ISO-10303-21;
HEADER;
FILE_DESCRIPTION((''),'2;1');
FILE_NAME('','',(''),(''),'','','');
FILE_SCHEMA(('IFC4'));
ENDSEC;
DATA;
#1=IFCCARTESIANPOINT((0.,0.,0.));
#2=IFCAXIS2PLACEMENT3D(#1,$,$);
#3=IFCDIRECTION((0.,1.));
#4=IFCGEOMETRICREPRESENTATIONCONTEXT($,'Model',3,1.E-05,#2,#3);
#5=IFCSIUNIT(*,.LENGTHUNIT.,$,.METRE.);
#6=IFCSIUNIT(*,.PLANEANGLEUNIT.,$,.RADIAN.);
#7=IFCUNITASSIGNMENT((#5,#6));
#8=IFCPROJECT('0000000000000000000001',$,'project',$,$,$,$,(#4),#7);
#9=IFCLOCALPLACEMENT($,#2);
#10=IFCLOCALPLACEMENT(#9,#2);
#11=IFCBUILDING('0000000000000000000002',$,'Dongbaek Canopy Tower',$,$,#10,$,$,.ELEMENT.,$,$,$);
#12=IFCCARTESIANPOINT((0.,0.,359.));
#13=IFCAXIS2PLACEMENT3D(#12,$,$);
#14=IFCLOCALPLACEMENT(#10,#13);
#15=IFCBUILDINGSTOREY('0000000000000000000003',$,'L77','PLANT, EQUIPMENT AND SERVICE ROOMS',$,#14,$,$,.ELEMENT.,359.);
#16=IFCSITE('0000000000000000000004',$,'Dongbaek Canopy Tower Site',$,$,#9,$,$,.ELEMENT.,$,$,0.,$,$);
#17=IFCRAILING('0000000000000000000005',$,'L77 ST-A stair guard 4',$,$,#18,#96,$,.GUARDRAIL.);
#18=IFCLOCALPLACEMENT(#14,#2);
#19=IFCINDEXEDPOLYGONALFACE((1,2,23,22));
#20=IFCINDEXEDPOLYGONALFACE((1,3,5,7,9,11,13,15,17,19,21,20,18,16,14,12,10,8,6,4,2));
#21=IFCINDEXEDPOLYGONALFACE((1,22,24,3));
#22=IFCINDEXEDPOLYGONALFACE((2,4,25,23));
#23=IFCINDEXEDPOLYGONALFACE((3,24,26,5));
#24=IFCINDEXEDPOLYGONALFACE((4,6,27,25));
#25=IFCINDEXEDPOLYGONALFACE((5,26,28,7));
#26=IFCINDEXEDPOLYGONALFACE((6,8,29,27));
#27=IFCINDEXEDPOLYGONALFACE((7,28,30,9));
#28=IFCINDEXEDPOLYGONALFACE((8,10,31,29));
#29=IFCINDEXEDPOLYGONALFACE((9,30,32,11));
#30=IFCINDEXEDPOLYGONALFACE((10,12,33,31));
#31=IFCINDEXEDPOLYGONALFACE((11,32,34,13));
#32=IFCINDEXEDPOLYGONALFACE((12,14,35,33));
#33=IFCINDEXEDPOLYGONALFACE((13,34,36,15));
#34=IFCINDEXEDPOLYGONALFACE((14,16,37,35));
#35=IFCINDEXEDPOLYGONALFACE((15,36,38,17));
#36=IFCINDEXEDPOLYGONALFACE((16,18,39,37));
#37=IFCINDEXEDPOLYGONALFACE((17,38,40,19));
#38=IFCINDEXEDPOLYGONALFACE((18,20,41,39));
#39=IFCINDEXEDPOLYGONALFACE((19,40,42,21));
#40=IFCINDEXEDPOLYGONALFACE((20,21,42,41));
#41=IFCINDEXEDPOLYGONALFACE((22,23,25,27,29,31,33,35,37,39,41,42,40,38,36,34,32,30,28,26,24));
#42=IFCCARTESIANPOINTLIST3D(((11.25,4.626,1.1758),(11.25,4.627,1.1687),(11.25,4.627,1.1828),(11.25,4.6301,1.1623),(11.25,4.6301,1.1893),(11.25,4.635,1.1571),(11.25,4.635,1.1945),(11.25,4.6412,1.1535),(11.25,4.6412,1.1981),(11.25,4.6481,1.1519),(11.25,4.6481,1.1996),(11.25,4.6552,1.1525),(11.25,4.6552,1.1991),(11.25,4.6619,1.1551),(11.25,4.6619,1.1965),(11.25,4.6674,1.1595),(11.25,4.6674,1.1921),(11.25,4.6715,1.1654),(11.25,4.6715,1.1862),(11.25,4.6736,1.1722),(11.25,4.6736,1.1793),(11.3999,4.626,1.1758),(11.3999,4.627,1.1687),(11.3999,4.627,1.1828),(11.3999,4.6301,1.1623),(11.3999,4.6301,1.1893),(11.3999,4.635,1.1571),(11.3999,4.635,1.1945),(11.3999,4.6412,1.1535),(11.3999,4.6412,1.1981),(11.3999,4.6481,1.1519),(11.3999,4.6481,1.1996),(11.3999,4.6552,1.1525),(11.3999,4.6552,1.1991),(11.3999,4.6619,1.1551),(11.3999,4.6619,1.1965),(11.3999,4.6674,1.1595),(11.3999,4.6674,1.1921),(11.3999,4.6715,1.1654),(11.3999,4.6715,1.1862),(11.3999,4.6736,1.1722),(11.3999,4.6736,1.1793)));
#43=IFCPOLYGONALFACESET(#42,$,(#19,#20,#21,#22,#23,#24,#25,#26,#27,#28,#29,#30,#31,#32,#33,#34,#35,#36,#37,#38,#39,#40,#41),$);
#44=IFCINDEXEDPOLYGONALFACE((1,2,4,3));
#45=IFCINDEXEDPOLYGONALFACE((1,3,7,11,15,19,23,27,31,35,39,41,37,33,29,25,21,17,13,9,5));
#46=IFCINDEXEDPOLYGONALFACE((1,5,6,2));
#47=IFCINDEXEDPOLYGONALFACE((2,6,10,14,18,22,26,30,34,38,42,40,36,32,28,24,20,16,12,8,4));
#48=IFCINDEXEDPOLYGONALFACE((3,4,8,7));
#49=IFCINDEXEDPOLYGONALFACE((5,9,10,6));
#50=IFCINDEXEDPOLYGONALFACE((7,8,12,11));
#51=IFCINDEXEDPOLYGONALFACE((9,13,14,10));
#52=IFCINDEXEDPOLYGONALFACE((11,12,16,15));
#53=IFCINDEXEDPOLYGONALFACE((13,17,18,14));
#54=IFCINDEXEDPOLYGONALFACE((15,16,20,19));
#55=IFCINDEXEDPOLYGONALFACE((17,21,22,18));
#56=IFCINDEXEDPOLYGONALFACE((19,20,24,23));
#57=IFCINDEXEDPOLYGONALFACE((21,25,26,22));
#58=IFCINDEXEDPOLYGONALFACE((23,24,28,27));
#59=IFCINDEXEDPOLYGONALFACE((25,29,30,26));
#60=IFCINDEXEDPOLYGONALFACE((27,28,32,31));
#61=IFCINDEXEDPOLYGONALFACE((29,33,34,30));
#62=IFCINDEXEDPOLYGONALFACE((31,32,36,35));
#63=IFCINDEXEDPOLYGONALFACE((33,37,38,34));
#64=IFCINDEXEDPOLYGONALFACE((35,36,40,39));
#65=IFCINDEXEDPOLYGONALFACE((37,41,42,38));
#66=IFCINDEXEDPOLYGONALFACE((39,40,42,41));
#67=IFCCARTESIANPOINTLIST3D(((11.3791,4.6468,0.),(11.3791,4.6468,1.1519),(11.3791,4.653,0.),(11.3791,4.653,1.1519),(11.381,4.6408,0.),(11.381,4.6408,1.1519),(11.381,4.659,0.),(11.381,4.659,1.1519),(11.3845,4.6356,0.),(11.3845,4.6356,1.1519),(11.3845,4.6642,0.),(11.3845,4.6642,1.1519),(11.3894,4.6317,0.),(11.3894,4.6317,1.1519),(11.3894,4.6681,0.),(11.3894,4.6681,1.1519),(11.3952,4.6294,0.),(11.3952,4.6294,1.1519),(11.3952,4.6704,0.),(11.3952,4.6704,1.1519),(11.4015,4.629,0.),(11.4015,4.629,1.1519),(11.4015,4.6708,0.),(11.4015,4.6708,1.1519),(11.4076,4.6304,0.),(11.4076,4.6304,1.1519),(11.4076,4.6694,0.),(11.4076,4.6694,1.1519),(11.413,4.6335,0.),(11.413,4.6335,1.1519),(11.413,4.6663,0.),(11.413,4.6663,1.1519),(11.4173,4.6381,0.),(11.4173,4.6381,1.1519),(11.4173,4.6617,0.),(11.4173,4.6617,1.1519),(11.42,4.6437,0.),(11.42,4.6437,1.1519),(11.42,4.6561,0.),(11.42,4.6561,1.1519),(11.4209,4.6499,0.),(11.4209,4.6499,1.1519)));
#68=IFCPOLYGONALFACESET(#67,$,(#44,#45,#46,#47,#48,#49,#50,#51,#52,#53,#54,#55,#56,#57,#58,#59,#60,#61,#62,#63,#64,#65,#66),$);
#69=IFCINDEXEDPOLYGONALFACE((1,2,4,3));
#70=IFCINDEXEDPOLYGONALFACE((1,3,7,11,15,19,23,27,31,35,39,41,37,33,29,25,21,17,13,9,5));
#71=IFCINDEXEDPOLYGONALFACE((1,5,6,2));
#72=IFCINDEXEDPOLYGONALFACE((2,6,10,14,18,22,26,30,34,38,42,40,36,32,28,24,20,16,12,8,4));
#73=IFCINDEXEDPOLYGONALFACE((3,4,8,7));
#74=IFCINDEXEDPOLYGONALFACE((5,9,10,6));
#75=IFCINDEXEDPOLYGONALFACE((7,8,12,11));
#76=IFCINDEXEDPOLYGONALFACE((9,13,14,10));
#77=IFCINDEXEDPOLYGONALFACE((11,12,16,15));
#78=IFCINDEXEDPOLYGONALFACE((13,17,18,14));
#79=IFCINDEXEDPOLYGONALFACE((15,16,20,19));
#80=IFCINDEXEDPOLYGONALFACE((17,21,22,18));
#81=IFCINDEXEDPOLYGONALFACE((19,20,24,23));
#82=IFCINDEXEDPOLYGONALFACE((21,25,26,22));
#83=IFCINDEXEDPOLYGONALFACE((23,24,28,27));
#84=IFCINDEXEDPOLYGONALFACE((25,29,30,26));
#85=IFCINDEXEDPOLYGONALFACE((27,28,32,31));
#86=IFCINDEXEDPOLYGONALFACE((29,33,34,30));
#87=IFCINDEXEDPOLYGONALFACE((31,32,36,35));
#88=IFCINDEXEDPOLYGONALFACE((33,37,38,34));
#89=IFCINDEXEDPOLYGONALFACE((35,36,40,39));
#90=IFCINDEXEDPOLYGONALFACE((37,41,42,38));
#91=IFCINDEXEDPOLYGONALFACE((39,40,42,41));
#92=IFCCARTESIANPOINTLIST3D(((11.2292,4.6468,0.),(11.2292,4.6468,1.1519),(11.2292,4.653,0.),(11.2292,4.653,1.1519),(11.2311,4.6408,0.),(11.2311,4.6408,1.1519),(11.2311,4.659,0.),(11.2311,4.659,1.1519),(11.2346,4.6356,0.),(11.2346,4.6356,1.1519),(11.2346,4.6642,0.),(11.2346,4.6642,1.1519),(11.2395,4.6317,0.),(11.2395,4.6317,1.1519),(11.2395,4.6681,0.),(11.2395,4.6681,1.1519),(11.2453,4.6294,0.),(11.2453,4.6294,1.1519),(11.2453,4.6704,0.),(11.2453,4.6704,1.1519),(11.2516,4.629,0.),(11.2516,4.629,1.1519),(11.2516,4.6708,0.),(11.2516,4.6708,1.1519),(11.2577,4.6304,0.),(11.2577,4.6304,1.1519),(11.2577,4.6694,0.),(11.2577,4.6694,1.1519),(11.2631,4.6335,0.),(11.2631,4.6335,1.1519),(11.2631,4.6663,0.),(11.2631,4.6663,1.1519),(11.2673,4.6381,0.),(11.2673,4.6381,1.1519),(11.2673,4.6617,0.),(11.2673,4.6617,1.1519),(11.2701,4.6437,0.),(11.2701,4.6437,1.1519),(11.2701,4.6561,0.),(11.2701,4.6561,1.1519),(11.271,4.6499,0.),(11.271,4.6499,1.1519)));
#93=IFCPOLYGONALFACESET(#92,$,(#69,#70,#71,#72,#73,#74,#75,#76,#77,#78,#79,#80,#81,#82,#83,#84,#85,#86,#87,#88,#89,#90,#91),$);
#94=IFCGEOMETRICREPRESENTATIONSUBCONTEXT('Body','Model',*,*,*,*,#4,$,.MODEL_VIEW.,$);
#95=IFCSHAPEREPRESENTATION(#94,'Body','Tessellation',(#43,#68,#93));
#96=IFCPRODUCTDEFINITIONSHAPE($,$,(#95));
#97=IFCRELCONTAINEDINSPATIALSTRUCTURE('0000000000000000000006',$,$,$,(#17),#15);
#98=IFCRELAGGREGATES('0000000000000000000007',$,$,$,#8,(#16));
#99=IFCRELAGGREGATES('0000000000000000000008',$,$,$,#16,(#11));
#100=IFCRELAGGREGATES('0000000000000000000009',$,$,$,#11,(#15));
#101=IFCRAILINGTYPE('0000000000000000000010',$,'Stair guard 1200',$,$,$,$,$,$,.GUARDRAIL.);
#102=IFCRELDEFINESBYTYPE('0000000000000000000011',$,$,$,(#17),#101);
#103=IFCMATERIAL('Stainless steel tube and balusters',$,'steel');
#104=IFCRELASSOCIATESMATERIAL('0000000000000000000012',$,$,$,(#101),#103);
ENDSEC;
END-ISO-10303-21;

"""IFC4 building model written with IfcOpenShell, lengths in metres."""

from ifc_helpers import new_model, si_unit, direction, frame, origin, origin_2d, place, context, subcontext, project, spatial, circle, extrude, material, type_object, element, save


model = new_model("IFC4")

# Units and contexts
model_context = context("Model", 3, precision=1e-05, world=origin(), true_north=direction((0.0, 1.0)))
body_context = subcontext(model_context, "Body", "Model", "MODEL_VIEW")
ifc_project = project(units=[si_unit("LENGTHUNIT", "METRE"), si_unit("PLANEANGLEUNIT", "RADIAN")], contexts=[model_context])

# Site, building, storey
site_placement = place(None, origin())
site = spatial("IfcSite", under=ifc_project, at=site_placement, Name="Dongbaek Canopy Tower Site", CompositionType="ELEMENT", RefElevation=0.0)
building_placement = place(site_placement, origin())
building = spatial("IfcBuilding", under=site, at=building_placement, Name="Dongbaek Canopy Tower", CompositionType="ELEMENT")
storey_placement = place(building_placement, frame((0.0, 0.0, 359.0)))
storey = spatial("IfcBuildingStorey", under=building, at=storey_placement, Name="L77", Description="PLANT, EQUIPMENT AND SERVICE ROOMS", CompositionType="ELEMENT", Elevation=359.0)

# Railing
ifc_material_1 = material(Name="Stainless steel tube and balusters", Category="steel")
railing_type_1 = type_object("IfcRailingType", Name="Stair guard 1200", PredefinedType="GUARDRAIL", material=ifc_material_1)
railing_1_placement = place(storey_placement, frame((11.3999, 4.6499, 0.0)))
element("IfcRailing", 1, at=railing_1_placement, inside=storey, type_object=railing_type_1, Name="L77 ST-A stair guard 4", PredefinedType="GUARDRAIL", context=body_context, shape_type="SweptSolid", body=[
    extrude(circle(Radius=0.0239, at=origin_2d()), frame((0.0, 0.0, 1.1758), z_axis=(-1.0, 0.0, 0.0), x_axis=(0.0, -1.0, 0.0)), (0.0, 0.0, 1.0), 0.1499),
    extrude(circle(Radius=0.021, at=origin_2d()), origin(), (0.0, 0.0, 1.0), 1.1519),
    extrude(circle(Radius=0.021, at=origin_2d()), frame((-0.1499, 0.0, 0.0)), (0.0, 0.0, 1.0), 1.1519),
])

save(model, "model.ifc")
